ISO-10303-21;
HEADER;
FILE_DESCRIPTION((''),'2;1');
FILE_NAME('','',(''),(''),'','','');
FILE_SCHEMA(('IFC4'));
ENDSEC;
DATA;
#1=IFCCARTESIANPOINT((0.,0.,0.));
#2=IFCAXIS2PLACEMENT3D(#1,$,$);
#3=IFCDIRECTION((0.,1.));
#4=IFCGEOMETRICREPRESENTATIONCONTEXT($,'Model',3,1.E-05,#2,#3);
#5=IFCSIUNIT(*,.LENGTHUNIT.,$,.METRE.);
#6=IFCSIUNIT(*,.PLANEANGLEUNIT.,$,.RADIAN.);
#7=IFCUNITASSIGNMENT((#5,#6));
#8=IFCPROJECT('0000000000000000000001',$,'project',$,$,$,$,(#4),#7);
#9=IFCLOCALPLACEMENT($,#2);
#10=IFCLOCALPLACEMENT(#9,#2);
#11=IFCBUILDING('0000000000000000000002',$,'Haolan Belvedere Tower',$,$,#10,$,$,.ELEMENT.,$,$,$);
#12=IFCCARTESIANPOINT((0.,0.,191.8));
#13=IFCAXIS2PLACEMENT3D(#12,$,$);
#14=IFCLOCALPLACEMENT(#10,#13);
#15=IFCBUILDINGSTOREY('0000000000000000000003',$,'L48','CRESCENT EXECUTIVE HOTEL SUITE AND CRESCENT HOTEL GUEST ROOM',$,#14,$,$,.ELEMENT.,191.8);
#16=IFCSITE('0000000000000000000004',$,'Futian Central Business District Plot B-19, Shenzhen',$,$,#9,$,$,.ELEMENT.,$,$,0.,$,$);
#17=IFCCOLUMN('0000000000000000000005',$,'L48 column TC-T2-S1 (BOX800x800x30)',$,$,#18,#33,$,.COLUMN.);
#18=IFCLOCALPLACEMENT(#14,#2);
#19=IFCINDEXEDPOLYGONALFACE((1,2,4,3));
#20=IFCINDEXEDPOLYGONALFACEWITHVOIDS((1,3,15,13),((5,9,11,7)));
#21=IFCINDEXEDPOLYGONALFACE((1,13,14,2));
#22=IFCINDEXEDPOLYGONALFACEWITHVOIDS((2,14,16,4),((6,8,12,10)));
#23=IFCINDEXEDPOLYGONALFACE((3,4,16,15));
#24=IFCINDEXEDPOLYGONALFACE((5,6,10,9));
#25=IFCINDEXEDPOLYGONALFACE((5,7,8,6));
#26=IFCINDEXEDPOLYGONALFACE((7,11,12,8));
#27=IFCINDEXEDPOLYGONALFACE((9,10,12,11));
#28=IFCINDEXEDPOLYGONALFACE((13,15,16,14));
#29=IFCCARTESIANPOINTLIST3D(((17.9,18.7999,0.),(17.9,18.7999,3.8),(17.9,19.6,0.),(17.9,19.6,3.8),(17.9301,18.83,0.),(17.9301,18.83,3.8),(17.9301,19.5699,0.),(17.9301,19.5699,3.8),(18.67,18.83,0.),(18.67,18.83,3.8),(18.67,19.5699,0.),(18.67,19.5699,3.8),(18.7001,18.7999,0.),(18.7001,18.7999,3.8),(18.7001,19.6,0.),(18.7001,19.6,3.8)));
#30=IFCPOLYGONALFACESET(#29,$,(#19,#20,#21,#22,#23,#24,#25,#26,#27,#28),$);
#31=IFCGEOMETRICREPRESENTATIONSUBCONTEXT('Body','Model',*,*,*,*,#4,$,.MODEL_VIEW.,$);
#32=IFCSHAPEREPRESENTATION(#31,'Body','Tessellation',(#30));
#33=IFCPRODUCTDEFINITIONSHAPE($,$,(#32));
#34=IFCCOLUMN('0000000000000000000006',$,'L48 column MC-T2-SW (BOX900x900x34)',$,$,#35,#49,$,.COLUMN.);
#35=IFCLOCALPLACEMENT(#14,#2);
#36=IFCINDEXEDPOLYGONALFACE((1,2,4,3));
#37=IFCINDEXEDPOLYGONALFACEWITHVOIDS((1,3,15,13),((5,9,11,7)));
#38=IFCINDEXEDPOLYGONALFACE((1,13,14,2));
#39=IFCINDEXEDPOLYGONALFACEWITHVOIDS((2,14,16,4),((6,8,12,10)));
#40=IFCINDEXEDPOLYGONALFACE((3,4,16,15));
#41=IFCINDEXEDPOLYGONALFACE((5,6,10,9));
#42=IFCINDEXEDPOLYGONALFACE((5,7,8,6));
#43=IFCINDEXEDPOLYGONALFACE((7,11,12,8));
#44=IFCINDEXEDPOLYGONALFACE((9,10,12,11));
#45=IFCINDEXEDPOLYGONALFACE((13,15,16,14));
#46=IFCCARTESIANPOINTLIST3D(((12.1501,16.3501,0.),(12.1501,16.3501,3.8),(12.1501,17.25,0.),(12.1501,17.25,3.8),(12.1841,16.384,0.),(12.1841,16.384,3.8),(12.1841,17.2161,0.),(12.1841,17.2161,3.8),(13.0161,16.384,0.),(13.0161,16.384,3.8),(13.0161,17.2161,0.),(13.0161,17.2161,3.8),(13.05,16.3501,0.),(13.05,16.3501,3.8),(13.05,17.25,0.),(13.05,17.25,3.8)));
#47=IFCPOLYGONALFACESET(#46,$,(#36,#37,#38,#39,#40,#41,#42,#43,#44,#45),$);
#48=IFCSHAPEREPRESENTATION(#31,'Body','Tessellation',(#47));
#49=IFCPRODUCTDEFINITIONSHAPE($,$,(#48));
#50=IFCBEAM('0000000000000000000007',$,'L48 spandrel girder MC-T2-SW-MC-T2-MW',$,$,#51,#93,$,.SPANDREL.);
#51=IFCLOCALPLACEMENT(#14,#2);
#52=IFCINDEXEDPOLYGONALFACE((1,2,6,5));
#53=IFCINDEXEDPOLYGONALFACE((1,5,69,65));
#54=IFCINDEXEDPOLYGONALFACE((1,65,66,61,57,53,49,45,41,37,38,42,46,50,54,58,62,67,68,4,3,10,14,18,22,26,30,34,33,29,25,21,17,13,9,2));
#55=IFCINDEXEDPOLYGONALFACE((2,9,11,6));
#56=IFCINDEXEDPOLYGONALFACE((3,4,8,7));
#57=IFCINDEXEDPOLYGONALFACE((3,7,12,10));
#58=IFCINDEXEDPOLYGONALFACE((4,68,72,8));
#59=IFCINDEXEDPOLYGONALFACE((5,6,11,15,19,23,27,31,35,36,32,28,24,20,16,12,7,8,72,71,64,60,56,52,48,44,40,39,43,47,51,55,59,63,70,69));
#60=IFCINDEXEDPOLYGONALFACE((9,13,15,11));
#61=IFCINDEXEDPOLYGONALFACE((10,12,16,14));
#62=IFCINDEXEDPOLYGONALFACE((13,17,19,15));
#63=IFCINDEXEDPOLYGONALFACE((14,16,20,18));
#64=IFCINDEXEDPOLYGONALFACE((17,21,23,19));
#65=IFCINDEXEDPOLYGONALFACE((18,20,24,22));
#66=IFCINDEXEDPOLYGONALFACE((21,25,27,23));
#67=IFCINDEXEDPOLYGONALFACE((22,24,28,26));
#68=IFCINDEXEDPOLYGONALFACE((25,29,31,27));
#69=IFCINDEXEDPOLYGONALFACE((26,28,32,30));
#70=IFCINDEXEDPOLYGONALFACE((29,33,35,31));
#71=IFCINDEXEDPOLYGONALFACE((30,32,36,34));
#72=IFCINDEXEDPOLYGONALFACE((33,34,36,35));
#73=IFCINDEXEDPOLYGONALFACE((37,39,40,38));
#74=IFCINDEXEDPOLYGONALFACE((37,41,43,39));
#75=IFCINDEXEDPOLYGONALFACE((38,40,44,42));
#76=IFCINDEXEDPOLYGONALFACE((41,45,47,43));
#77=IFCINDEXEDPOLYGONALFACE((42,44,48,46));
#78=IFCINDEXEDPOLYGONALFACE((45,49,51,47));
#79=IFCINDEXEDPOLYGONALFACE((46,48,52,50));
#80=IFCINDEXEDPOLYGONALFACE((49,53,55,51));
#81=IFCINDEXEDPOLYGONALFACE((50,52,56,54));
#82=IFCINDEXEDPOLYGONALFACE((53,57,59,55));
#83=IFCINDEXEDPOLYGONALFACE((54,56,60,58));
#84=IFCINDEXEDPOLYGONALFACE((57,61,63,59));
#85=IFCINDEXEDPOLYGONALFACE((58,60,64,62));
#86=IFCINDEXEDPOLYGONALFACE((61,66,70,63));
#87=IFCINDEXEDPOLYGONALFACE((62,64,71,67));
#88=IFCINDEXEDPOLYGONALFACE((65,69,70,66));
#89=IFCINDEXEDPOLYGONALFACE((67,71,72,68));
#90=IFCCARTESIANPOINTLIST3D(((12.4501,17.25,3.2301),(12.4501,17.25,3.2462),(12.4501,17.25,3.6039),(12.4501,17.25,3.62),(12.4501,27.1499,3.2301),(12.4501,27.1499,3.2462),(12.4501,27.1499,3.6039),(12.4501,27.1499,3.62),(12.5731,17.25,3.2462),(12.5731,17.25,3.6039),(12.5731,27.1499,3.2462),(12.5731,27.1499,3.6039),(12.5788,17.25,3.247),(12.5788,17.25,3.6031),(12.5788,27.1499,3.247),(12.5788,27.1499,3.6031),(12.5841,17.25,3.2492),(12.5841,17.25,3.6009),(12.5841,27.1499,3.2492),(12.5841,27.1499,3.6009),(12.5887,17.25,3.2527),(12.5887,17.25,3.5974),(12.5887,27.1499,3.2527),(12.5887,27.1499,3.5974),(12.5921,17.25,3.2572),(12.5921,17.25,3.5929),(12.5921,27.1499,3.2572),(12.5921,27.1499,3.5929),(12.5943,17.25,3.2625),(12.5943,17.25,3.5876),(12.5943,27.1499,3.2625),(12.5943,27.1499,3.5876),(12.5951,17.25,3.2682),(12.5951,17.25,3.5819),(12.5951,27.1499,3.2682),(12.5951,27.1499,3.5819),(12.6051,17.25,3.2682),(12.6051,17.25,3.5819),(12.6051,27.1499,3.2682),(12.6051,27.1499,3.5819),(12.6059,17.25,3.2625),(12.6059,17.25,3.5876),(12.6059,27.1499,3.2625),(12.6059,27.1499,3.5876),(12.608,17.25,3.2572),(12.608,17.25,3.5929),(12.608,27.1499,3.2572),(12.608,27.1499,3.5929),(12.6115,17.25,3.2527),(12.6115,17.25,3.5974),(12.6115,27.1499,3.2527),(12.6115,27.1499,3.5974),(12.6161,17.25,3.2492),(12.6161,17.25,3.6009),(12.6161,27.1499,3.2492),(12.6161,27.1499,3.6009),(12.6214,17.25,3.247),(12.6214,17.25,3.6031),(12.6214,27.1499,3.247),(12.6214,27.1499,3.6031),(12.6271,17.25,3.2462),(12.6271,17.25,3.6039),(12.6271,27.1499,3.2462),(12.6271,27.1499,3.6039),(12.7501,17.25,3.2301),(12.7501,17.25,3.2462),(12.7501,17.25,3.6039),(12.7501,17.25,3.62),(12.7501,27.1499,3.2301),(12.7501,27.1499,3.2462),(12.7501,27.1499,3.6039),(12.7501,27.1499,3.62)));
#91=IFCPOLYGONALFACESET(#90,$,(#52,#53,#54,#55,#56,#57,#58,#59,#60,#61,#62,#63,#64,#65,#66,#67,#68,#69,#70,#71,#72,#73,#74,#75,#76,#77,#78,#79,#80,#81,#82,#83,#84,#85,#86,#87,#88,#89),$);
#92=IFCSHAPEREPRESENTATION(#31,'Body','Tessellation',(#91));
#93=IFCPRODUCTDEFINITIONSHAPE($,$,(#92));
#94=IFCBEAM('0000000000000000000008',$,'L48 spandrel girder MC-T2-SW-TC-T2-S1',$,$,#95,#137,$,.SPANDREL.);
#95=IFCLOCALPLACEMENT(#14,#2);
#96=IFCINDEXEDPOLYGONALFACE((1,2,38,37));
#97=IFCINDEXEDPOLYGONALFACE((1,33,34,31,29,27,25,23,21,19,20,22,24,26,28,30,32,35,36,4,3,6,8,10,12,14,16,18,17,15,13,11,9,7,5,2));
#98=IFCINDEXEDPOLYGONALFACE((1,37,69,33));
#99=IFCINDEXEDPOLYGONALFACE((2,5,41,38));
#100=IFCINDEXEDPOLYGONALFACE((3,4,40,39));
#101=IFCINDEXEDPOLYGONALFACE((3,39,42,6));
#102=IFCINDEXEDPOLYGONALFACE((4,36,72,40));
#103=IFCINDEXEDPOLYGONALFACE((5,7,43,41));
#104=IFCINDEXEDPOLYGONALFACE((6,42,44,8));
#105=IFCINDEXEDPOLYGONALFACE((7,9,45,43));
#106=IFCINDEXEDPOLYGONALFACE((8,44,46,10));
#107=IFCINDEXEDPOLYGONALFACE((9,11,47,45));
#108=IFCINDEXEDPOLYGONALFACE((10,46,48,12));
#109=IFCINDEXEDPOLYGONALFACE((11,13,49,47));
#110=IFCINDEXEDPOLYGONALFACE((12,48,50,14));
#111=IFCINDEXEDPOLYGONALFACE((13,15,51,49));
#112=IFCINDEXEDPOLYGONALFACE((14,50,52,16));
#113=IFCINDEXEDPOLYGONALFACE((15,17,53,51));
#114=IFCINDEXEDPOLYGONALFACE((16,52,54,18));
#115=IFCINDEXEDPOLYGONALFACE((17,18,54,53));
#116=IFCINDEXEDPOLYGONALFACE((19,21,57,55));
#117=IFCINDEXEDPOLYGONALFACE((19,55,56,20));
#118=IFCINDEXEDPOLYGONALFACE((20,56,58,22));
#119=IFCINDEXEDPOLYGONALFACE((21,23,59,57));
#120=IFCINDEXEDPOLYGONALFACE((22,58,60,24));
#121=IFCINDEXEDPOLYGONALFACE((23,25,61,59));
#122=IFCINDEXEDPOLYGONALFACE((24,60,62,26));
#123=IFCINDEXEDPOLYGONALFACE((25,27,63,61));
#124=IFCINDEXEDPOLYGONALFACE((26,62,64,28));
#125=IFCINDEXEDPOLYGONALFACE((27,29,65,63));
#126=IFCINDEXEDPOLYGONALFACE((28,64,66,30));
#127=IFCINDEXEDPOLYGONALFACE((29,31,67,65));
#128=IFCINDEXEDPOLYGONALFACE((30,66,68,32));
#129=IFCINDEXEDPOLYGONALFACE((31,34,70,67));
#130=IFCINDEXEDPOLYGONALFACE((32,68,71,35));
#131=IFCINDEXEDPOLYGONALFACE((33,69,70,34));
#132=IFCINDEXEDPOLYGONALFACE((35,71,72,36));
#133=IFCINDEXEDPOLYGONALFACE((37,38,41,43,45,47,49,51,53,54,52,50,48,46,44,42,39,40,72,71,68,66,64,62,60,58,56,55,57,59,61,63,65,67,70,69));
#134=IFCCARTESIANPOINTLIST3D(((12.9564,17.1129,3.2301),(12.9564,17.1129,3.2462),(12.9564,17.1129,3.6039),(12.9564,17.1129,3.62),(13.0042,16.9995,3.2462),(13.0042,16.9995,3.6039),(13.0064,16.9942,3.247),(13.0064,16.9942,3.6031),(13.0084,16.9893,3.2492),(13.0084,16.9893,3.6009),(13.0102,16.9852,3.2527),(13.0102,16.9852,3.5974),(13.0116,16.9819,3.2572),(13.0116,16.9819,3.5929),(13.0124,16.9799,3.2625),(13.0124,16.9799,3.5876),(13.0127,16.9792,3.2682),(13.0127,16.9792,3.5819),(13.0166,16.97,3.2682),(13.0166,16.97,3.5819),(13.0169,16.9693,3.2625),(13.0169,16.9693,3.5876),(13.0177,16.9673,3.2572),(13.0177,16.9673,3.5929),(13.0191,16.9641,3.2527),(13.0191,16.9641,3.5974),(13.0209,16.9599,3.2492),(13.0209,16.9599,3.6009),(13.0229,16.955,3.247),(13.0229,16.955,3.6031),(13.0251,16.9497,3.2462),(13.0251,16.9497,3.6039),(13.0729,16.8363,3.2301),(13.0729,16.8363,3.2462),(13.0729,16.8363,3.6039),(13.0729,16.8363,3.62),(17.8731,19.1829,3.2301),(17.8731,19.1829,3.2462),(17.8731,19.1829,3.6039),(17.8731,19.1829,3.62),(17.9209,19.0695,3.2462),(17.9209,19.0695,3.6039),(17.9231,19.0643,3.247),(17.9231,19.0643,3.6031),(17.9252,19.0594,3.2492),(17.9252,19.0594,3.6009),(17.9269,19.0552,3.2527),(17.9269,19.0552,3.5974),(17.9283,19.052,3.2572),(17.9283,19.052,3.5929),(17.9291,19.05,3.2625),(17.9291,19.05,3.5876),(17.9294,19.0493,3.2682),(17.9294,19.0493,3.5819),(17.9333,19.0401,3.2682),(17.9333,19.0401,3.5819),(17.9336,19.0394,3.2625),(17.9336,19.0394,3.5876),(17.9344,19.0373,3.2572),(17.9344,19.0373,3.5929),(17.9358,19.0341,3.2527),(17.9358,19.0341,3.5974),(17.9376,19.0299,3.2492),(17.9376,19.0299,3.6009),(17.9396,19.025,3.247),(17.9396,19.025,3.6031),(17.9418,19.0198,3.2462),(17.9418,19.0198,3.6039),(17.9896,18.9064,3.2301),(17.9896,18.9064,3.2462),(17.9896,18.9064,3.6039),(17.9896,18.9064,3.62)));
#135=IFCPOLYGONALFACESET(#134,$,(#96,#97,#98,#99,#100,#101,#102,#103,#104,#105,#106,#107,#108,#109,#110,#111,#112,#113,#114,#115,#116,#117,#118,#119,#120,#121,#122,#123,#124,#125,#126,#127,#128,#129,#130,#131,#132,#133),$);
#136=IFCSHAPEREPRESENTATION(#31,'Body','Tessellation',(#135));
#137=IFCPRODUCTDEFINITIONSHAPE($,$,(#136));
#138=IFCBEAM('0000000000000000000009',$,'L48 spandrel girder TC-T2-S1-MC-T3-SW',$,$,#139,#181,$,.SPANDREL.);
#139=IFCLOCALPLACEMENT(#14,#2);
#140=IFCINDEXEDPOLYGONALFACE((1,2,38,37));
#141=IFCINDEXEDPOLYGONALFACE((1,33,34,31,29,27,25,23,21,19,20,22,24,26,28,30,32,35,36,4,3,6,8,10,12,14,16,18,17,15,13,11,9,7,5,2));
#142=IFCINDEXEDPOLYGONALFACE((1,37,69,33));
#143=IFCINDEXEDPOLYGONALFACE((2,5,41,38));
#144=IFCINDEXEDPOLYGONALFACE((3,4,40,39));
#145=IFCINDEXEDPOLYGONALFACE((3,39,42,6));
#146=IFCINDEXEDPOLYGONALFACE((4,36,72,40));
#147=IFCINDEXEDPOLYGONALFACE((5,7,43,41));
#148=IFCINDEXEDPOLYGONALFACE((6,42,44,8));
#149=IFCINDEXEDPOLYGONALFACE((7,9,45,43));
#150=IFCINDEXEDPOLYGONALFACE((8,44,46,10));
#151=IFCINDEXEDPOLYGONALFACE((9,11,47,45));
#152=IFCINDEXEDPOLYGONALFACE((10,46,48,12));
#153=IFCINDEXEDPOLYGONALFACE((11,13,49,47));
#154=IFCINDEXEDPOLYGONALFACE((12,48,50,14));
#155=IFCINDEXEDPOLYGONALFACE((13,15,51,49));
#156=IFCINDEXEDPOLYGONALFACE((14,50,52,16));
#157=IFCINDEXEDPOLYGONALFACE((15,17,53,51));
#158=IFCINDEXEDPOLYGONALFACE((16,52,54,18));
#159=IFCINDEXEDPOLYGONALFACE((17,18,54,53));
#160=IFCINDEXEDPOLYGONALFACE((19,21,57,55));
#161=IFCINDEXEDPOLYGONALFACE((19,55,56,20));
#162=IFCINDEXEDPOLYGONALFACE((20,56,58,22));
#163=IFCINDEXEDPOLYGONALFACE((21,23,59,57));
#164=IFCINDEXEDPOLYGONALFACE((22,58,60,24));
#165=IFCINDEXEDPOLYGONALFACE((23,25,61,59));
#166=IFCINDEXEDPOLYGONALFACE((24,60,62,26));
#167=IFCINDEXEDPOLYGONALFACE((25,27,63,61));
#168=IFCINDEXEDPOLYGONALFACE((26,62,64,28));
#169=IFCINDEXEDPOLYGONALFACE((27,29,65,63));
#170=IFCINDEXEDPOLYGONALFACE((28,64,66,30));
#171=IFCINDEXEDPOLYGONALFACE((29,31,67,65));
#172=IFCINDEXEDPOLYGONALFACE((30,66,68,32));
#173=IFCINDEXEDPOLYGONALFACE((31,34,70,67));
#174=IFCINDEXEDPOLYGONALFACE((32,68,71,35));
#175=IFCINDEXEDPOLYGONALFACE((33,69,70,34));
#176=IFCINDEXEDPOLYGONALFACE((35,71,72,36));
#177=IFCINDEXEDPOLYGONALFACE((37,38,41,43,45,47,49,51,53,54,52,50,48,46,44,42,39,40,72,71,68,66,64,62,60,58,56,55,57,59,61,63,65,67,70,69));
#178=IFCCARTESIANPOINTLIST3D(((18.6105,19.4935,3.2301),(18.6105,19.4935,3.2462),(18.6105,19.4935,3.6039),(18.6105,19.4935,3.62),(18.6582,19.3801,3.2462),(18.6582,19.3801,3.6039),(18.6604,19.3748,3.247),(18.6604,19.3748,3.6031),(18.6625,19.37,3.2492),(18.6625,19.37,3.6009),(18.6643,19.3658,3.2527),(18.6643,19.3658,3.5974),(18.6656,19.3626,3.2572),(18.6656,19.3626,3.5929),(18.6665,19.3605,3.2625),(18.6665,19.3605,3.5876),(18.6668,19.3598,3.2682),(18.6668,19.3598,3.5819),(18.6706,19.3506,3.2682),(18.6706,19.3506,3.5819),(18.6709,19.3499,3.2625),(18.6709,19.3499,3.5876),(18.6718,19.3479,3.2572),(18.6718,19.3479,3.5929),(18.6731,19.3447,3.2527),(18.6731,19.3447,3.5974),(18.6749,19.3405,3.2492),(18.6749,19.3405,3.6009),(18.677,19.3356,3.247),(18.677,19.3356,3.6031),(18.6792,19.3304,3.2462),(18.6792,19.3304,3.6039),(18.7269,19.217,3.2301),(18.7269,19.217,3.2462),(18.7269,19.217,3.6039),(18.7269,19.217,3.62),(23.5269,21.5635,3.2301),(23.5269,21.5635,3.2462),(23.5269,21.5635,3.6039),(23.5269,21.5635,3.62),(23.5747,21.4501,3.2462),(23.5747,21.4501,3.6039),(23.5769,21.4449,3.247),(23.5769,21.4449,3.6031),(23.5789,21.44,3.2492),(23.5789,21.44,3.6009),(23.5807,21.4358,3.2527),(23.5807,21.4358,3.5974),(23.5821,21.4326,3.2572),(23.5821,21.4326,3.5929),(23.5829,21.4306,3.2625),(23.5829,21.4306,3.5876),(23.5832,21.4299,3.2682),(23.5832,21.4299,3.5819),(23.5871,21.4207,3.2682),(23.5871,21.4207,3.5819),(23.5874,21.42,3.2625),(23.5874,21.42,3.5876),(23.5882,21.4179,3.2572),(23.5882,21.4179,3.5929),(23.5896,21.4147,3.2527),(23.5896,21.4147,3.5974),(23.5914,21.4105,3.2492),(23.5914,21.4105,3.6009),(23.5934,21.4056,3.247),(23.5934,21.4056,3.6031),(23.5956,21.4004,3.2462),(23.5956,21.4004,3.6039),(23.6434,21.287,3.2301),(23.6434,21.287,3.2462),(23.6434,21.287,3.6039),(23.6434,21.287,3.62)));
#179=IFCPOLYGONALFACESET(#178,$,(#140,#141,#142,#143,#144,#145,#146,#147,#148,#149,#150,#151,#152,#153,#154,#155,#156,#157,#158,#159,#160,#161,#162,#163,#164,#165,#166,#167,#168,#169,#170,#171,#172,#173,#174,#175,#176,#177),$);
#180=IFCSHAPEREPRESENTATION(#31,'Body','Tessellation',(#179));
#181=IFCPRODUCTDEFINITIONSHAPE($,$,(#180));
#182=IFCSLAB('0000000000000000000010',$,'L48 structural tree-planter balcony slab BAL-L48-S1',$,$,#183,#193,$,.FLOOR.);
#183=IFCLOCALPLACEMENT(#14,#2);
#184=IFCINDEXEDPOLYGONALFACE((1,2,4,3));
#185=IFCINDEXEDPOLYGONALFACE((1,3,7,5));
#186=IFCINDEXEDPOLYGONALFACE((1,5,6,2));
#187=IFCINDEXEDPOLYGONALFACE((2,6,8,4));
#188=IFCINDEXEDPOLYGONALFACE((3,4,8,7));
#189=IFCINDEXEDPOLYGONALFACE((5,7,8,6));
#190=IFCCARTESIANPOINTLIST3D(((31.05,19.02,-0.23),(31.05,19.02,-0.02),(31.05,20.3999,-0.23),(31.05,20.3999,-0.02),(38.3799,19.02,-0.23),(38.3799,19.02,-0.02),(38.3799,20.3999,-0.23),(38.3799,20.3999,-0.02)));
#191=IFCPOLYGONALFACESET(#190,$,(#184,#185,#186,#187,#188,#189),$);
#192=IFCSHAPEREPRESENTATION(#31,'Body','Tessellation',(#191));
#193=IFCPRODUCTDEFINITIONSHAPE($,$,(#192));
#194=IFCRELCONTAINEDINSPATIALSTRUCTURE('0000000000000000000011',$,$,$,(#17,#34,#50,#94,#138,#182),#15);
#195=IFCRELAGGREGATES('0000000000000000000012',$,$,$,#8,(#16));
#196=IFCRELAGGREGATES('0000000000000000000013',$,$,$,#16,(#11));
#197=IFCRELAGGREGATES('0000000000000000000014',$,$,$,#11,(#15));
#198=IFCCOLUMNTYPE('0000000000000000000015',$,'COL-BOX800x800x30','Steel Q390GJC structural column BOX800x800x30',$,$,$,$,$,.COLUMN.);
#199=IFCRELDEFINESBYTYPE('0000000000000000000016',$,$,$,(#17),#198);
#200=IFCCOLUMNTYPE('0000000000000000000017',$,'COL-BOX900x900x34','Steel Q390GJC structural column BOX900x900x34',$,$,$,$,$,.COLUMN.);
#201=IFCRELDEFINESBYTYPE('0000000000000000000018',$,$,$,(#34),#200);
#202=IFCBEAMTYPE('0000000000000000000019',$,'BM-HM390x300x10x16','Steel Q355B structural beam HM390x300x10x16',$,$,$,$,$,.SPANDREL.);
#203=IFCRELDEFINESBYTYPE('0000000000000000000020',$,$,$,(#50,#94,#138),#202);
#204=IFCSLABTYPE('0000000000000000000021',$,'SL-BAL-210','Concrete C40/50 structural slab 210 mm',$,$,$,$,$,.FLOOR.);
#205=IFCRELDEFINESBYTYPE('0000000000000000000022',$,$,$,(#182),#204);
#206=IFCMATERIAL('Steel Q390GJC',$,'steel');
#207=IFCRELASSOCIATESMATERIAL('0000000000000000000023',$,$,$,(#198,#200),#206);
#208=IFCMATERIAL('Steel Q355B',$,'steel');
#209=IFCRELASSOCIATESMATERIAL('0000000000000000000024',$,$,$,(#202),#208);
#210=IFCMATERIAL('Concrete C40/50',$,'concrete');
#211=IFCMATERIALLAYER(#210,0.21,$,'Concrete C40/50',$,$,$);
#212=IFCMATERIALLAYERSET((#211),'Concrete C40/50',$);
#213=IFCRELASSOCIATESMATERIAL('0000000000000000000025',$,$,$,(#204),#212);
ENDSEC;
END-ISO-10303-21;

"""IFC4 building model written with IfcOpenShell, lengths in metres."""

from ifc_helpers import new_model, si_unit, direction, frame, origin, origin_2d, place, context, subcontext, project, spatial, polyline, hollow_rectangle, i_section, outline, extrude, material, layer, layer_set, material_profile, profile_set, type_object, element, save


model = new_model("IFC4")

# Units and contexts
model_context = context("Model", 3, precision=1e-05, world=origin(), true_north=direction((0.0, 1.0)))
body_context = subcontext(model_context, "Body", "Model", "MODEL_VIEW")
ifc_project = project(units=[si_unit("LENGTHUNIT", "METRE"), si_unit("PLANEANGLEUNIT", "RADIAN")], contexts=[model_context])

# Site, building, storey
site_placement = place(None, origin())
site = spatial("IfcSite", under=ifc_project, at=site_placement, Name="Futian Central Business District Plot B-19, Shenzhen", CompositionType="ELEMENT", RefElevation=0.0)
building_placement = place(site_placement, origin())
building = spatial("IfcBuilding", under=site, at=building_placement, Name="Haolan Belvedere Tower", CompositionType="ELEMENT")
storey_placement = place(building_placement, frame((0.0, 0.0, 191.8)))
storey = spatial("IfcBuildingStorey", under=building, at=storey_placement, Name="L48", Description="CRESCENT EXECUTIVE HOTEL SUITE AND CRESCENT HOTEL GUEST ROOM", CompositionType="ELEMENT", Elevation=191.8)

# Columns
ifc_material_1 = material(Name="Steel Q390GJC", Category="steel")
ifc_material_profile_1 = material_profile(ifc_material_1, hollow_rectangle(XDim=0.8, YDim=0.8, WallThickness=0.03, at=origin_2d()), Name="Steel Q390GJC")
ifc_profile_set_1 = profile_set([ifc_material_profile_1], Name="Steel Q390GJC")
column_type_1 = type_object("IfcColumnType", Name="COL-BOX800x800x30", Description="Steel Q390GJC structural column BOX800x800x30", PredefinedType="COLUMN", material=ifc_profile_set_1)
column_1_placement = place(storey_placement, frame((18.3, 19.2, 0.0), z_axis=(0.0, 0.0, 1.0), x_axis=(1.0, 0.0, 0.0)))
element("IfcColumn", 1, at=column_1_placement, inside=storey, type_object=column_type_1, Name="L48 column TC-T2-S1 (BOX800x800x30)", PredefinedType="COLUMN", context=body_context, shape_type="SweptSolid", body=[
    extrude(hollow_rectangle(XDim=0.8, YDim=0.8, WallThickness=0.03, at=origin_2d()), origin(), (0.0, 0.0, 1.0), 3.8),
])
ifc_material_profile_2 = material_profile(ifc_material_1, hollow_rectangle(XDim=0.8999, YDim=0.8999, WallThickness=0.0339, at=origin_2d()), Name="Steel Q390GJC")
ifc_profile_set_2 = profile_set([ifc_material_profile_2], Name="Steel Q390GJC")
column_type_2 = type_object("IfcColumnType", Name="COL-BOX900x900x34", Description="Steel Q390GJC structural column BOX900x900x34", PredefinedType="COLUMN", material=ifc_profile_set_2)
column_2_placement = place(storey_placement, frame((12.6001, 16.8, 0.0), z_axis=(0.0, 0.0, 1.0), x_axis=(1.0, 0.0, 0.0)))
element("IfcColumn", 2, at=column_2_placement, inside=storey, type_object=column_type_2, Name="L48 column MC-T2-SW (BOX900x900x34)", PredefinedType="COLUMN", context=body_context, shape_type="SweptSolid", body=[
    extrude(hollow_rectangle(XDim=0.8999, YDim=0.8999, WallThickness=0.0339, at=origin_2d()), origin(), (0.0, 0.0, 1.0), 3.8),
])

# Beams
ifc_material_2 = material(Name="Steel Q355B", Category="steel")
ifc_material_profile_3 = material_profile(ifc_material_2, i_section(OverallWidth=0.3, OverallDepth=0.3899, WebThickness=0.01, FlangeThickness=0.0161, FilletRadius=0.022, at=origin_2d()), Name="Steel Q355B")
ifc_profile_set_3 = profile_set([ifc_material_profile_3], Name="Steel Q355B")
beam_type = type_object("IfcBeamType", Name="BM-HM390x300x10x16", Description="Steel Q355B structural beam HM390x300x10x16", PredefinedType="SPANDREL", material=ifc_profile_set_3)
beam_1_placement = place(storey_placement, frame((12.6001, 17.25, 3.425), z_axis=(0.0, 1.0, 0.0), x_axis=(-1.0, 0.0, 0.0)))
element("IfcBeam", 3, at=beam_1_placement, inside=storey, type_object=beam_type, Name="L48 spandrel girder MC-T2-SW-MC-T2-MW", PredefinedType="SPANDREL", context=body_context, shape_type="SweptSolid", body=[
    extrude(i_section(OverallWidth=0.3, OverallDepth=0.3899, WebThickness=0.01, FlangeThickness=0.0161, FilletRadius=0.022, at=origin_2d()), origin(), (0.0, 0.0, 1.0), 9.8999),
])
beam_2_placement = place(storey_placement, frame((13.0146, 16.9746, 3.425), z_axis=(0.921645, 0.388034, 0.0), x_axis=(-0.388034, 0.921645, 0.0)))
element("IfcBeam", 4, at=beam_2_placement, inside=storey, type_object=beam_type, Name="L48 spandrel girder MC-T2-SW-TC-T2-S1", PredefinedType="SPANDREL", context=body_context, shape_type="SweptSolid", body=[
    extrude(i_section(OverallWidth=0.3, OverallDepth=0.3899, WebThickness=0.01, FlangeThickness=0.0161, FilletRadius=0.022, at=origin_2d()), origin(), (0.0, 0.0, 1.0), 5.3347),
])
beam_3_placement = place(storey_placement, frame((18.6687, 19.3552, 3.425), z_axis=(0.921638, 0.388051, 0.0), x_axis=(-0.388051, 0.921638, 0.0)))
element("IfcBeam", 5, at=beam_3_placement, inside=storey, type_object=beam_type, Name="L48 spandrel girder TC-T2-S1-MC-T3-SW", PredefinedType="SPANDREL", context=body_context, shape_type="SweptSolid", body=[
    extrude(i_section(OverallWidth=0.3, OverallDepth=0.3899, WebThickness=0.01, FlangeThickness=0.0161, FilletRadius=0.022, at=origin_2d()), origin(), (0.0, 0.0, 1.0), 5.3345),
])

# Slab
ifc_material_3 = material(Name="Concrete C40/50", Category="concrete")
ifc_layer_1 = layer(ifc_material_3, 0.21, Name="Concrete C40/50")
ifc_layer_set_1 = layer_set([ifc_layer_1], Name="Concrete C40/50")
slab_type_1 = type_object("IfcSlabType", Name="SL-BAL-210", Description="Concrete C40/50 structural slab 210 mm", PredefinedType="FLOOR", material=ifc_layer_set_1)
slab_1_placement = place(storey_placement, frame((0.0, 0.0, -0.23)))
element("IfcSlab", 6, at=slab_1_placement, inside=storey, type_object=slab_type_1, Name="L48 structural tree-planter balcony slab BAL-L48-S1", PredefinedType="FLOOR", context=body_context, shape_type="SweptSolid", body=[
    extrude(outline(polyline([(31.05, 19.02), (38.3799, 19.02), (38.3799, 20.3999), (31.05, 20.3999), (31.05, 19.02)])), origin(), (0.0, 0.0, 1.0), 0.21),
])

save(model, "model.ifc")
